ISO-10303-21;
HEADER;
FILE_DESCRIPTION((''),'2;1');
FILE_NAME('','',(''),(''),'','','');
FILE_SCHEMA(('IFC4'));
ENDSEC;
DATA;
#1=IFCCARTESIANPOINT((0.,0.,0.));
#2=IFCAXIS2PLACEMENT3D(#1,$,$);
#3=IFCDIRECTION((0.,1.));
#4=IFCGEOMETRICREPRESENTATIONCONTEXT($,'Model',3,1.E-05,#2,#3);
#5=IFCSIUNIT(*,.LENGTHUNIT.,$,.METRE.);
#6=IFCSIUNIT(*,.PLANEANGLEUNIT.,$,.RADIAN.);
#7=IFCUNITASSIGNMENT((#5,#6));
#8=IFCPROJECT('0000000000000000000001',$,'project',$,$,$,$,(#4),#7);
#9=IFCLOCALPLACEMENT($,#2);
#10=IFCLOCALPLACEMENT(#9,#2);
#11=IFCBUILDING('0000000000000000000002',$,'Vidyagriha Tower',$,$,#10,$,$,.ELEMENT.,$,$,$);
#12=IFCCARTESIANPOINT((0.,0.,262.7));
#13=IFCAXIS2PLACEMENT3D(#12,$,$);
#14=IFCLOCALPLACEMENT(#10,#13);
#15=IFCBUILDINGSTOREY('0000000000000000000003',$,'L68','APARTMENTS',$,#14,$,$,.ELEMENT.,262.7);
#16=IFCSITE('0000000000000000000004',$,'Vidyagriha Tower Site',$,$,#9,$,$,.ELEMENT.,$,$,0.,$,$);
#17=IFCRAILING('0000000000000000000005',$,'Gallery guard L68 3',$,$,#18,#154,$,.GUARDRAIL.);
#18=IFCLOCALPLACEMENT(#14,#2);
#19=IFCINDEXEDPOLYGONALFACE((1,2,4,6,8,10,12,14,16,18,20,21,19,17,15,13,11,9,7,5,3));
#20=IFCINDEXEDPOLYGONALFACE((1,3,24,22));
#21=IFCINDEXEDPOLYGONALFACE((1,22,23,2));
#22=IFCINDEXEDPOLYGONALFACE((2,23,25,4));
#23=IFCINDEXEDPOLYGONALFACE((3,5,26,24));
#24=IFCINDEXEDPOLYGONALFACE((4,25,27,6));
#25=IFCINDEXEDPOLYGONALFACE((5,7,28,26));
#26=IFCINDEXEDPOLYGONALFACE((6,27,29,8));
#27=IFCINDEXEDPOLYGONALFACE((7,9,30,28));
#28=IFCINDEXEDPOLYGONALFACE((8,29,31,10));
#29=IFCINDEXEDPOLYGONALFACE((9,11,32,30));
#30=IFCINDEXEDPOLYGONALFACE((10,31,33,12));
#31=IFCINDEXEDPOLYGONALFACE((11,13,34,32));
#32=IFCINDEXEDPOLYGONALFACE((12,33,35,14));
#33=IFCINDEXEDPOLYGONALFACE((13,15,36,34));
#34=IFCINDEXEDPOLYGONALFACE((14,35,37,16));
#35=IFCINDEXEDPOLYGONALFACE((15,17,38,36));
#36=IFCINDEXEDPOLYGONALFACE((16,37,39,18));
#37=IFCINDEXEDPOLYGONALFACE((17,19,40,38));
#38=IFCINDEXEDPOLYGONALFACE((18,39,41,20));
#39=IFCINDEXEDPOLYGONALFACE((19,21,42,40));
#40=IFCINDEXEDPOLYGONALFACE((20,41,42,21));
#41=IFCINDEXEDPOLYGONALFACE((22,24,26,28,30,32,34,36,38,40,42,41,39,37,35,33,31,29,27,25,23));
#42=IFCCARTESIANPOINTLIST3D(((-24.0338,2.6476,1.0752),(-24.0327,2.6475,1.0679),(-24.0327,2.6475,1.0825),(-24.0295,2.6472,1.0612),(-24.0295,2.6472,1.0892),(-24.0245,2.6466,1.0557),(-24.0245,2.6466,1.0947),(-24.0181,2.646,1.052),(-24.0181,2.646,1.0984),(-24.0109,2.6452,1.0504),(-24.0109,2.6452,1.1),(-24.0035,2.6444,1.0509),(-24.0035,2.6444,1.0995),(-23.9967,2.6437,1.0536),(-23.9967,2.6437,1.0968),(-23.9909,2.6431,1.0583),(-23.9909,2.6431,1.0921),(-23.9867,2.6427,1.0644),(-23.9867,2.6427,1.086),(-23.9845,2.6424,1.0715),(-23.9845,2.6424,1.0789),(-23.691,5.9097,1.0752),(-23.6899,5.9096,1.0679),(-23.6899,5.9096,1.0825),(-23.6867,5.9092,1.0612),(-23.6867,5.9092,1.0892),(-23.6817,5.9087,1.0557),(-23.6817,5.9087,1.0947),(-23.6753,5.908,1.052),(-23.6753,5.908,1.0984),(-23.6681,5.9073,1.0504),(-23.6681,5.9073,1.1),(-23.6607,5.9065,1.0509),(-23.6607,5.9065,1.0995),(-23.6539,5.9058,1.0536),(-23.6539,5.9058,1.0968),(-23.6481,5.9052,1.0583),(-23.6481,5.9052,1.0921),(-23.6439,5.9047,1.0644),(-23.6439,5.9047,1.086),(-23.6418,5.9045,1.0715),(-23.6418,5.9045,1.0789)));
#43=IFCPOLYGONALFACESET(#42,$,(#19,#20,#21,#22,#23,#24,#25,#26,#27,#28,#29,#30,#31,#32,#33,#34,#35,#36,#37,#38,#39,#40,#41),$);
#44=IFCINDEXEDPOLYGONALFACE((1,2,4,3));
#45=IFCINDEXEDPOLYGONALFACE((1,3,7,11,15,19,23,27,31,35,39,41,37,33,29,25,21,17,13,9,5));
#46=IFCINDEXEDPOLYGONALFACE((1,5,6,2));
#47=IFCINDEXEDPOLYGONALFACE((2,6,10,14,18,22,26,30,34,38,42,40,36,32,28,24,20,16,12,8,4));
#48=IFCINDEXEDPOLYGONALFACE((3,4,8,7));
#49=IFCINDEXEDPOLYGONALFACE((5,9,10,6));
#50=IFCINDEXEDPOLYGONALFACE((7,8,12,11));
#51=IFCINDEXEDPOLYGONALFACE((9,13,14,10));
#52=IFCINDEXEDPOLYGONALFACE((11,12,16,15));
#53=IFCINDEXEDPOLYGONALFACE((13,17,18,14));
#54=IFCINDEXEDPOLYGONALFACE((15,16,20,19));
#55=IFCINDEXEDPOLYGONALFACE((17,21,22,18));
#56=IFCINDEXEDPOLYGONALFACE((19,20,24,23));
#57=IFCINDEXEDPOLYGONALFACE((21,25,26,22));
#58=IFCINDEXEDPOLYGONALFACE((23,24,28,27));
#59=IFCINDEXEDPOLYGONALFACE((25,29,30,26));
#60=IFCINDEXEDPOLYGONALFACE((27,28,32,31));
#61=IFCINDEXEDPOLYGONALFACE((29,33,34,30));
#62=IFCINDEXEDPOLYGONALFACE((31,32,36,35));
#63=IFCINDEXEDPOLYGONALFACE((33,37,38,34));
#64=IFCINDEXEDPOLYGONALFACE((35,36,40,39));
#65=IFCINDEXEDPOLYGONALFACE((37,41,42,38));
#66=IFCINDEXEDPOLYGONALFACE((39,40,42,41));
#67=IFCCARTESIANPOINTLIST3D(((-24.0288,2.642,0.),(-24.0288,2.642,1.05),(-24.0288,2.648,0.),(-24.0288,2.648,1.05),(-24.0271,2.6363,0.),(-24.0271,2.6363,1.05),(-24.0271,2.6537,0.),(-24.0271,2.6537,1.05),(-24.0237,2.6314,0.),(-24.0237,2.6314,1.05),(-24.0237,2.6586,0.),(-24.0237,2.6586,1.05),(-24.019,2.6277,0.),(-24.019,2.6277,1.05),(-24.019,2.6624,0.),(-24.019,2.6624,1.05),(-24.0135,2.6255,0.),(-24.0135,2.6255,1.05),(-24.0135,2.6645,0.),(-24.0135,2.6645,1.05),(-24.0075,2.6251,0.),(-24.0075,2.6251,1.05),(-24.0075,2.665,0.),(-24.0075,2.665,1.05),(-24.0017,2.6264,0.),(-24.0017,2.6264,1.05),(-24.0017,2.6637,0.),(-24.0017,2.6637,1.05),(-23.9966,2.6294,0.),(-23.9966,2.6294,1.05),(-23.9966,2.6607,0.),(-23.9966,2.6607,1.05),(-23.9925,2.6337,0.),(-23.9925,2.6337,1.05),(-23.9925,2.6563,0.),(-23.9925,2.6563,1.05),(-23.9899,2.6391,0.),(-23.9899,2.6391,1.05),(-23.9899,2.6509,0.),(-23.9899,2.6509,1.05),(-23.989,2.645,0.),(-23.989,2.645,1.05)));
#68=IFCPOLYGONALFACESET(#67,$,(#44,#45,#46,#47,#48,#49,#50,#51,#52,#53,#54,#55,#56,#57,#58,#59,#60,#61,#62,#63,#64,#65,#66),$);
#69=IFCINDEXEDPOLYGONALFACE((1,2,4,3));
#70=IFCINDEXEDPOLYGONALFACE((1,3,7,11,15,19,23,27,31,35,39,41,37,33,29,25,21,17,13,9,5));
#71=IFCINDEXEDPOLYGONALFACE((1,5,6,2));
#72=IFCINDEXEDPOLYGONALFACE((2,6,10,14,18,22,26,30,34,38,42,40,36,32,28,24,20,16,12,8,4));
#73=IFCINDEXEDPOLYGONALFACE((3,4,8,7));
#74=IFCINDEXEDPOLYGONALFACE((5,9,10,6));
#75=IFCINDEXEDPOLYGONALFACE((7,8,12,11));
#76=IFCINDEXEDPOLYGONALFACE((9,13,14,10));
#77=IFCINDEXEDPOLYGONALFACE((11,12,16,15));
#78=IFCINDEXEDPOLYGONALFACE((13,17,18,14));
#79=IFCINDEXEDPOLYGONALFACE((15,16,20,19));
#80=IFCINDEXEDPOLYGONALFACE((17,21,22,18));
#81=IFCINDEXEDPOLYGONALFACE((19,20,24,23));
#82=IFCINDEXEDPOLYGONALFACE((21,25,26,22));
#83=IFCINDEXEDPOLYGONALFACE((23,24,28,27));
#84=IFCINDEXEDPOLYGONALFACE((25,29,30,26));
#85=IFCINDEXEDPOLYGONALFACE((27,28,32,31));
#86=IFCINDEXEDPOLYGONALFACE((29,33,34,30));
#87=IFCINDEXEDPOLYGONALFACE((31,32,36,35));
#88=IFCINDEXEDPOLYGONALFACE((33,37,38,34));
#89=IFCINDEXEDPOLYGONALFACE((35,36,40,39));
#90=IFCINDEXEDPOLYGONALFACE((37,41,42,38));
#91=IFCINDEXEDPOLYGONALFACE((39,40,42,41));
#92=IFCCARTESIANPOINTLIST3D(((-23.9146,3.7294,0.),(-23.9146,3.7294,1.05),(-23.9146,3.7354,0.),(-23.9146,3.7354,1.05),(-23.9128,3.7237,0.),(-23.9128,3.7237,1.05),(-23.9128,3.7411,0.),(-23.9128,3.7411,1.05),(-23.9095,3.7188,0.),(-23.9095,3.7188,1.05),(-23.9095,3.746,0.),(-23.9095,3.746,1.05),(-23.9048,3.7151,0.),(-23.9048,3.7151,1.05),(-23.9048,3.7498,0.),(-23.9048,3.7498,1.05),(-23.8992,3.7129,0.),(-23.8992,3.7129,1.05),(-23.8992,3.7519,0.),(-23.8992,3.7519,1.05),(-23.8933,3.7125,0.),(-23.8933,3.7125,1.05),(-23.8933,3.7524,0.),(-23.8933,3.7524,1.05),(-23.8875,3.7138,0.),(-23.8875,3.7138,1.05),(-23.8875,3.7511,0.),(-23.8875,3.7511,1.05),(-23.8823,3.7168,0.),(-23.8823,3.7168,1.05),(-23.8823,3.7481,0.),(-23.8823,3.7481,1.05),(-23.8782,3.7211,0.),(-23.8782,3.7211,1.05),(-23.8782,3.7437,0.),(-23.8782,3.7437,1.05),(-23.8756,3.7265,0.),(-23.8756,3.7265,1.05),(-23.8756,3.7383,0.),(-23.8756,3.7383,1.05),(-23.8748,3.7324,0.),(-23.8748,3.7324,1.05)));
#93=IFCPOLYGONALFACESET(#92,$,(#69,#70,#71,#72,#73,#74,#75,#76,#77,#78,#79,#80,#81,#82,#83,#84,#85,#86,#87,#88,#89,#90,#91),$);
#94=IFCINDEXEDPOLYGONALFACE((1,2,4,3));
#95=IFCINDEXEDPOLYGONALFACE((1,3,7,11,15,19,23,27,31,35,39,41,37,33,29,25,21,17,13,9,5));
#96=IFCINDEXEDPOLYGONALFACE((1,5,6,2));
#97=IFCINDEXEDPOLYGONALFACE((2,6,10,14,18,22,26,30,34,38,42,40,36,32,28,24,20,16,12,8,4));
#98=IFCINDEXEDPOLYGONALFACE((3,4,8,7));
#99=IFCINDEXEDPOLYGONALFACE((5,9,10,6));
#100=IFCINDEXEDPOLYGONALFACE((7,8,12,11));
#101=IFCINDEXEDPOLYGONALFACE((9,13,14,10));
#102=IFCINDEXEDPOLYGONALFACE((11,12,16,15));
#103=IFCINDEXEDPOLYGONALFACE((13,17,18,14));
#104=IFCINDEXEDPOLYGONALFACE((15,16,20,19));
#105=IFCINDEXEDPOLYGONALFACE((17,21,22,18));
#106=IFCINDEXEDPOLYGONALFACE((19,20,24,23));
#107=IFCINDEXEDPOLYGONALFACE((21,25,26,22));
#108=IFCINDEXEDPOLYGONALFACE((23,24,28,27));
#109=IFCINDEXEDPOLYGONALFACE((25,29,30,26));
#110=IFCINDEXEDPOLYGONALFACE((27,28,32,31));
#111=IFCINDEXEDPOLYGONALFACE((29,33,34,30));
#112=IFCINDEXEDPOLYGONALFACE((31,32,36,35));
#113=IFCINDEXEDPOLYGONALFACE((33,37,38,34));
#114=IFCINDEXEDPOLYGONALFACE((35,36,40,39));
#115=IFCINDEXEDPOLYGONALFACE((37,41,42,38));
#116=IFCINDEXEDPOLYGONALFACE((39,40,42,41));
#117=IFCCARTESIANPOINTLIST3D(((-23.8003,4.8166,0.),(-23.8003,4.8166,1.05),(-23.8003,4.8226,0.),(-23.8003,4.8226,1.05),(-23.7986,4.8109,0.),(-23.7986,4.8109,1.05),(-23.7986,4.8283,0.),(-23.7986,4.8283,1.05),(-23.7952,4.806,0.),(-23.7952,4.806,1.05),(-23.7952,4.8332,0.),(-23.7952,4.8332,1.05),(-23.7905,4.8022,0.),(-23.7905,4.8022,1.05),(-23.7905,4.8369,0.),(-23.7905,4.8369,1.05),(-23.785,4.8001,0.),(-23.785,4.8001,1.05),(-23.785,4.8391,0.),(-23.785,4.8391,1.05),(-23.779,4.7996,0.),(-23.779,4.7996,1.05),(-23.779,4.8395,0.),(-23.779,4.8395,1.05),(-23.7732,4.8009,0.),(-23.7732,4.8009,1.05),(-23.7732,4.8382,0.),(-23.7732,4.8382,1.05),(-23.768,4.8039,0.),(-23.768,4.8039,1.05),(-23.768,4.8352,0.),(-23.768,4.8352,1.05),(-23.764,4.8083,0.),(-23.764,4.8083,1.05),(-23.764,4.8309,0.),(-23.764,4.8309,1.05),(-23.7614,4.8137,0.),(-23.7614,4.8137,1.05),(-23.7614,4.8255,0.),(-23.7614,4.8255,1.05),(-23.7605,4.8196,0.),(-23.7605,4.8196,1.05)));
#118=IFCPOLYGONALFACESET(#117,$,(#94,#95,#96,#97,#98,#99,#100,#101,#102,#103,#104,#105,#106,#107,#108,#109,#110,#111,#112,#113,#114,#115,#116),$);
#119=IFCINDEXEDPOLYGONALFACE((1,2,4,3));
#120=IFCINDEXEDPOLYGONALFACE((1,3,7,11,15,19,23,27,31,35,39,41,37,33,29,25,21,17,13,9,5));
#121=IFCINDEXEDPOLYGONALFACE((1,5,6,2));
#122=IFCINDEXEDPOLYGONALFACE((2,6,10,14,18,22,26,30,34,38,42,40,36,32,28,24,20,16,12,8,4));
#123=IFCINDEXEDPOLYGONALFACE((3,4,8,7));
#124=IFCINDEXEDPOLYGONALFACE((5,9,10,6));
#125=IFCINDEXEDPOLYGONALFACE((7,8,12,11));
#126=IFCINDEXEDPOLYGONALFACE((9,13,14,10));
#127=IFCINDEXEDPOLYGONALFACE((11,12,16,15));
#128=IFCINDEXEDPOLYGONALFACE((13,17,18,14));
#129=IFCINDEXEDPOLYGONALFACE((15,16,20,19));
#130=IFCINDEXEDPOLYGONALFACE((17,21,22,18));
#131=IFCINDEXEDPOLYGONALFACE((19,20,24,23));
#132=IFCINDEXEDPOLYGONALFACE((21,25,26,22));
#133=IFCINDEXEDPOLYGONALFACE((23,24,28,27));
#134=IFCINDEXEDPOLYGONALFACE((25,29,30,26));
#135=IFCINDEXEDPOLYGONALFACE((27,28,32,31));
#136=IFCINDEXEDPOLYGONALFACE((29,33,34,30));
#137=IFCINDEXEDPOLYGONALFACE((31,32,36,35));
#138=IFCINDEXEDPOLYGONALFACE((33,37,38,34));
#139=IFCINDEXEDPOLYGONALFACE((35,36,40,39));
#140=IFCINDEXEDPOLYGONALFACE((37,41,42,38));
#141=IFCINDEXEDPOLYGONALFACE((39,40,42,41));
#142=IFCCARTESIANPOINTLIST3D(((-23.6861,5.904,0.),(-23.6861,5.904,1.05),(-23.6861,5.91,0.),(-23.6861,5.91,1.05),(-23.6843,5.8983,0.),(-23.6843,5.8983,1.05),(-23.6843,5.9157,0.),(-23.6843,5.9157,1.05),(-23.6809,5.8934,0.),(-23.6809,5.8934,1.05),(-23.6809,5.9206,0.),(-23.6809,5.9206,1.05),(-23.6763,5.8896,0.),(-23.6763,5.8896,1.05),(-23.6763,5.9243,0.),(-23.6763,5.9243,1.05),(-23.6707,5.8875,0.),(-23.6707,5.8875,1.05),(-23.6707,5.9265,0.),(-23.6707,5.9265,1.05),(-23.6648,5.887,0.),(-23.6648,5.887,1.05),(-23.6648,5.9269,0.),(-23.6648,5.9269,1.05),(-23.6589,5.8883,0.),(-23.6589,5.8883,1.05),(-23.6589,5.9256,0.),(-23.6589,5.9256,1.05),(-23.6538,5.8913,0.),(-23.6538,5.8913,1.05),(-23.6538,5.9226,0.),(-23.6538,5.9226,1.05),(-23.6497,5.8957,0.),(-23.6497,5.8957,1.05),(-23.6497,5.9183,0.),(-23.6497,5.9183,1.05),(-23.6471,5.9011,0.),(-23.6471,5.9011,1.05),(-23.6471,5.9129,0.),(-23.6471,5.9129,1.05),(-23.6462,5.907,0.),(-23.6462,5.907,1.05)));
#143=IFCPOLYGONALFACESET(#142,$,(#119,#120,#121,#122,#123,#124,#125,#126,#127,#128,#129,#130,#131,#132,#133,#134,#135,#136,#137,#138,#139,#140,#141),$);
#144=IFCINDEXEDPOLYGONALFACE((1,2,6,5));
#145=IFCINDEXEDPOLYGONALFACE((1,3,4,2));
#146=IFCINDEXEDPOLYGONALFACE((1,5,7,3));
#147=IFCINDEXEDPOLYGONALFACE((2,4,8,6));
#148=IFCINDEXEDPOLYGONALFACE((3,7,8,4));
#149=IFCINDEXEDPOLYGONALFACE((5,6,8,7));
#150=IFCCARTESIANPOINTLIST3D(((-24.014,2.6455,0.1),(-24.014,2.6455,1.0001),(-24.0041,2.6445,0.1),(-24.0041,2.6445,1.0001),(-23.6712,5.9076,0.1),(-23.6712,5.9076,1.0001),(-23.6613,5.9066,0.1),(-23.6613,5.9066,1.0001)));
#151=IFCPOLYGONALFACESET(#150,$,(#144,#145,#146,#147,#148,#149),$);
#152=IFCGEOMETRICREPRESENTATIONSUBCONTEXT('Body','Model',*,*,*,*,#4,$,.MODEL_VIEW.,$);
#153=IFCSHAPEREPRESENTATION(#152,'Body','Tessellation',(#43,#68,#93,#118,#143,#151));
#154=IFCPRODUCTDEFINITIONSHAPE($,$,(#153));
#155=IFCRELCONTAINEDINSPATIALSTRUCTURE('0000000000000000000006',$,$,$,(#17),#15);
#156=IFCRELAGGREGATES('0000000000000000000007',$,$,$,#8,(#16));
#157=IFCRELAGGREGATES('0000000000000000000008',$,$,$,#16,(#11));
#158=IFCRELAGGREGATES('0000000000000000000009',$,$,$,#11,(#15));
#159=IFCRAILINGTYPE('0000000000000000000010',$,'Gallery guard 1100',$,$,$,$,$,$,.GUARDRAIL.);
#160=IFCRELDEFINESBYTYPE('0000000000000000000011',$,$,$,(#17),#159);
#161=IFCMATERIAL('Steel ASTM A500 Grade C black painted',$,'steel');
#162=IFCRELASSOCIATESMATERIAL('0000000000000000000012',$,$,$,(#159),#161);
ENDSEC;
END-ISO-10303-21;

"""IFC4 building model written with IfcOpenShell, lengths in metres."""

from ifc_helpers import new_model, si_unit, direction, frame, origin, origin_2d, place, context, subcontext, project, spatial, rectangle, circle, extrude, material, type_object, element, save


model = new_model("IFC4")

# Units and contexts
model_context = context("Model", 3, precision=1e-05, world=origin(), true_north=direction((0.0, 1.0)))
body_context = subcontext(model_context, "Body", "Model", "MODEL_VIEW")
ifc_project = project(units=[si_unit("LENGTHUNIT", "METRE"), si_unit("PLANEANGLEUNIT", "RADIAN")], contexts=[model_context])

# Site, building, storey
site_placement = place(None, origin())
site = spatial("IfcSite", under=ifc_project, at=site_placement, Name="Vidyagriha Tower Site", CompositionType="ELEMENT", RefElevation=0.0)
building_placement = place(site_placement, origin())
building = spatial("IfcBuilding", under=site, at=building_placement, Name="Vidyagriha Tower", CompositionType="ELEMENT")
storey_placement = place(building_placement, frame((0.0, 0.0, 262.7)))
storey = spatial("IfcBuildingStorey", under=building, at=storey_placement, Name="L68", Description="APARTMENTS", CompositionType="ELEMENT", Elevation=262.7)

# Railing
ifc_material_1 = material(Name="Steel ASTM A500 Grade C black painted", Category="steel")
railing_type_1 = type_object("IfcRailingType", Name="Gallery guard 1100", PredefinedType="GUARDRAIL", material=ifc_material_1)
railing_1_placement = place(storey_placement, frame((-24.009, 2.645, 0.0)))
element("IfcRailing", 1, at=railing_1_placement, inside=storey, type_object=railing_type_1, Name="Gallery guard L68 3", PredefinedType="GUARDRAIL", context=body_context, shape_type="SweptSolid", body=[
    extrude(circle(Radius=0.0249, at=origin_2d()), frame((0.0, 0.0, 1.0752), z_axis=(0.104507, 0.994524, 0.0), x_axis=(-0.994524, 0.104507, 0.0)), (0.0, 0.0, 1.0), 3.28),
    extrude(circle(Radius=0.02, at=origin_2d()), origin(), (0.0, 0.0, 1.0), 1.05),
    extrude(circle(Radius=0.02, at=origin_2d()), frame((0.1143, 1.0874, 0.0)), (0.0, 0.0, 1.0), 1.05),
    extrude(circle(Radius=0.02, at=origin_2d()), frame((0.2285, 2.1746, 0.0)), (0.0, 0.0, 1.0), 1.05),
    extrude(circle(Radius=0.02, at=origin_2d()), frame((0.3428, 3.262, 0.0)), (0.0, 0.0, 1.0), 1.05),
    extrude(rectangle(XDim=0.01, YDim=0.9001, at=origin_2d()), frame((0.0, 0.0, 0.55), z_axis=(0.104507, 0.994524, 0.0), x_axis=(-0.994524, 0.104507, 0.0)), (0.0, 0.0, 1.0), 3.28),
])

save(model, "model.ifc")
